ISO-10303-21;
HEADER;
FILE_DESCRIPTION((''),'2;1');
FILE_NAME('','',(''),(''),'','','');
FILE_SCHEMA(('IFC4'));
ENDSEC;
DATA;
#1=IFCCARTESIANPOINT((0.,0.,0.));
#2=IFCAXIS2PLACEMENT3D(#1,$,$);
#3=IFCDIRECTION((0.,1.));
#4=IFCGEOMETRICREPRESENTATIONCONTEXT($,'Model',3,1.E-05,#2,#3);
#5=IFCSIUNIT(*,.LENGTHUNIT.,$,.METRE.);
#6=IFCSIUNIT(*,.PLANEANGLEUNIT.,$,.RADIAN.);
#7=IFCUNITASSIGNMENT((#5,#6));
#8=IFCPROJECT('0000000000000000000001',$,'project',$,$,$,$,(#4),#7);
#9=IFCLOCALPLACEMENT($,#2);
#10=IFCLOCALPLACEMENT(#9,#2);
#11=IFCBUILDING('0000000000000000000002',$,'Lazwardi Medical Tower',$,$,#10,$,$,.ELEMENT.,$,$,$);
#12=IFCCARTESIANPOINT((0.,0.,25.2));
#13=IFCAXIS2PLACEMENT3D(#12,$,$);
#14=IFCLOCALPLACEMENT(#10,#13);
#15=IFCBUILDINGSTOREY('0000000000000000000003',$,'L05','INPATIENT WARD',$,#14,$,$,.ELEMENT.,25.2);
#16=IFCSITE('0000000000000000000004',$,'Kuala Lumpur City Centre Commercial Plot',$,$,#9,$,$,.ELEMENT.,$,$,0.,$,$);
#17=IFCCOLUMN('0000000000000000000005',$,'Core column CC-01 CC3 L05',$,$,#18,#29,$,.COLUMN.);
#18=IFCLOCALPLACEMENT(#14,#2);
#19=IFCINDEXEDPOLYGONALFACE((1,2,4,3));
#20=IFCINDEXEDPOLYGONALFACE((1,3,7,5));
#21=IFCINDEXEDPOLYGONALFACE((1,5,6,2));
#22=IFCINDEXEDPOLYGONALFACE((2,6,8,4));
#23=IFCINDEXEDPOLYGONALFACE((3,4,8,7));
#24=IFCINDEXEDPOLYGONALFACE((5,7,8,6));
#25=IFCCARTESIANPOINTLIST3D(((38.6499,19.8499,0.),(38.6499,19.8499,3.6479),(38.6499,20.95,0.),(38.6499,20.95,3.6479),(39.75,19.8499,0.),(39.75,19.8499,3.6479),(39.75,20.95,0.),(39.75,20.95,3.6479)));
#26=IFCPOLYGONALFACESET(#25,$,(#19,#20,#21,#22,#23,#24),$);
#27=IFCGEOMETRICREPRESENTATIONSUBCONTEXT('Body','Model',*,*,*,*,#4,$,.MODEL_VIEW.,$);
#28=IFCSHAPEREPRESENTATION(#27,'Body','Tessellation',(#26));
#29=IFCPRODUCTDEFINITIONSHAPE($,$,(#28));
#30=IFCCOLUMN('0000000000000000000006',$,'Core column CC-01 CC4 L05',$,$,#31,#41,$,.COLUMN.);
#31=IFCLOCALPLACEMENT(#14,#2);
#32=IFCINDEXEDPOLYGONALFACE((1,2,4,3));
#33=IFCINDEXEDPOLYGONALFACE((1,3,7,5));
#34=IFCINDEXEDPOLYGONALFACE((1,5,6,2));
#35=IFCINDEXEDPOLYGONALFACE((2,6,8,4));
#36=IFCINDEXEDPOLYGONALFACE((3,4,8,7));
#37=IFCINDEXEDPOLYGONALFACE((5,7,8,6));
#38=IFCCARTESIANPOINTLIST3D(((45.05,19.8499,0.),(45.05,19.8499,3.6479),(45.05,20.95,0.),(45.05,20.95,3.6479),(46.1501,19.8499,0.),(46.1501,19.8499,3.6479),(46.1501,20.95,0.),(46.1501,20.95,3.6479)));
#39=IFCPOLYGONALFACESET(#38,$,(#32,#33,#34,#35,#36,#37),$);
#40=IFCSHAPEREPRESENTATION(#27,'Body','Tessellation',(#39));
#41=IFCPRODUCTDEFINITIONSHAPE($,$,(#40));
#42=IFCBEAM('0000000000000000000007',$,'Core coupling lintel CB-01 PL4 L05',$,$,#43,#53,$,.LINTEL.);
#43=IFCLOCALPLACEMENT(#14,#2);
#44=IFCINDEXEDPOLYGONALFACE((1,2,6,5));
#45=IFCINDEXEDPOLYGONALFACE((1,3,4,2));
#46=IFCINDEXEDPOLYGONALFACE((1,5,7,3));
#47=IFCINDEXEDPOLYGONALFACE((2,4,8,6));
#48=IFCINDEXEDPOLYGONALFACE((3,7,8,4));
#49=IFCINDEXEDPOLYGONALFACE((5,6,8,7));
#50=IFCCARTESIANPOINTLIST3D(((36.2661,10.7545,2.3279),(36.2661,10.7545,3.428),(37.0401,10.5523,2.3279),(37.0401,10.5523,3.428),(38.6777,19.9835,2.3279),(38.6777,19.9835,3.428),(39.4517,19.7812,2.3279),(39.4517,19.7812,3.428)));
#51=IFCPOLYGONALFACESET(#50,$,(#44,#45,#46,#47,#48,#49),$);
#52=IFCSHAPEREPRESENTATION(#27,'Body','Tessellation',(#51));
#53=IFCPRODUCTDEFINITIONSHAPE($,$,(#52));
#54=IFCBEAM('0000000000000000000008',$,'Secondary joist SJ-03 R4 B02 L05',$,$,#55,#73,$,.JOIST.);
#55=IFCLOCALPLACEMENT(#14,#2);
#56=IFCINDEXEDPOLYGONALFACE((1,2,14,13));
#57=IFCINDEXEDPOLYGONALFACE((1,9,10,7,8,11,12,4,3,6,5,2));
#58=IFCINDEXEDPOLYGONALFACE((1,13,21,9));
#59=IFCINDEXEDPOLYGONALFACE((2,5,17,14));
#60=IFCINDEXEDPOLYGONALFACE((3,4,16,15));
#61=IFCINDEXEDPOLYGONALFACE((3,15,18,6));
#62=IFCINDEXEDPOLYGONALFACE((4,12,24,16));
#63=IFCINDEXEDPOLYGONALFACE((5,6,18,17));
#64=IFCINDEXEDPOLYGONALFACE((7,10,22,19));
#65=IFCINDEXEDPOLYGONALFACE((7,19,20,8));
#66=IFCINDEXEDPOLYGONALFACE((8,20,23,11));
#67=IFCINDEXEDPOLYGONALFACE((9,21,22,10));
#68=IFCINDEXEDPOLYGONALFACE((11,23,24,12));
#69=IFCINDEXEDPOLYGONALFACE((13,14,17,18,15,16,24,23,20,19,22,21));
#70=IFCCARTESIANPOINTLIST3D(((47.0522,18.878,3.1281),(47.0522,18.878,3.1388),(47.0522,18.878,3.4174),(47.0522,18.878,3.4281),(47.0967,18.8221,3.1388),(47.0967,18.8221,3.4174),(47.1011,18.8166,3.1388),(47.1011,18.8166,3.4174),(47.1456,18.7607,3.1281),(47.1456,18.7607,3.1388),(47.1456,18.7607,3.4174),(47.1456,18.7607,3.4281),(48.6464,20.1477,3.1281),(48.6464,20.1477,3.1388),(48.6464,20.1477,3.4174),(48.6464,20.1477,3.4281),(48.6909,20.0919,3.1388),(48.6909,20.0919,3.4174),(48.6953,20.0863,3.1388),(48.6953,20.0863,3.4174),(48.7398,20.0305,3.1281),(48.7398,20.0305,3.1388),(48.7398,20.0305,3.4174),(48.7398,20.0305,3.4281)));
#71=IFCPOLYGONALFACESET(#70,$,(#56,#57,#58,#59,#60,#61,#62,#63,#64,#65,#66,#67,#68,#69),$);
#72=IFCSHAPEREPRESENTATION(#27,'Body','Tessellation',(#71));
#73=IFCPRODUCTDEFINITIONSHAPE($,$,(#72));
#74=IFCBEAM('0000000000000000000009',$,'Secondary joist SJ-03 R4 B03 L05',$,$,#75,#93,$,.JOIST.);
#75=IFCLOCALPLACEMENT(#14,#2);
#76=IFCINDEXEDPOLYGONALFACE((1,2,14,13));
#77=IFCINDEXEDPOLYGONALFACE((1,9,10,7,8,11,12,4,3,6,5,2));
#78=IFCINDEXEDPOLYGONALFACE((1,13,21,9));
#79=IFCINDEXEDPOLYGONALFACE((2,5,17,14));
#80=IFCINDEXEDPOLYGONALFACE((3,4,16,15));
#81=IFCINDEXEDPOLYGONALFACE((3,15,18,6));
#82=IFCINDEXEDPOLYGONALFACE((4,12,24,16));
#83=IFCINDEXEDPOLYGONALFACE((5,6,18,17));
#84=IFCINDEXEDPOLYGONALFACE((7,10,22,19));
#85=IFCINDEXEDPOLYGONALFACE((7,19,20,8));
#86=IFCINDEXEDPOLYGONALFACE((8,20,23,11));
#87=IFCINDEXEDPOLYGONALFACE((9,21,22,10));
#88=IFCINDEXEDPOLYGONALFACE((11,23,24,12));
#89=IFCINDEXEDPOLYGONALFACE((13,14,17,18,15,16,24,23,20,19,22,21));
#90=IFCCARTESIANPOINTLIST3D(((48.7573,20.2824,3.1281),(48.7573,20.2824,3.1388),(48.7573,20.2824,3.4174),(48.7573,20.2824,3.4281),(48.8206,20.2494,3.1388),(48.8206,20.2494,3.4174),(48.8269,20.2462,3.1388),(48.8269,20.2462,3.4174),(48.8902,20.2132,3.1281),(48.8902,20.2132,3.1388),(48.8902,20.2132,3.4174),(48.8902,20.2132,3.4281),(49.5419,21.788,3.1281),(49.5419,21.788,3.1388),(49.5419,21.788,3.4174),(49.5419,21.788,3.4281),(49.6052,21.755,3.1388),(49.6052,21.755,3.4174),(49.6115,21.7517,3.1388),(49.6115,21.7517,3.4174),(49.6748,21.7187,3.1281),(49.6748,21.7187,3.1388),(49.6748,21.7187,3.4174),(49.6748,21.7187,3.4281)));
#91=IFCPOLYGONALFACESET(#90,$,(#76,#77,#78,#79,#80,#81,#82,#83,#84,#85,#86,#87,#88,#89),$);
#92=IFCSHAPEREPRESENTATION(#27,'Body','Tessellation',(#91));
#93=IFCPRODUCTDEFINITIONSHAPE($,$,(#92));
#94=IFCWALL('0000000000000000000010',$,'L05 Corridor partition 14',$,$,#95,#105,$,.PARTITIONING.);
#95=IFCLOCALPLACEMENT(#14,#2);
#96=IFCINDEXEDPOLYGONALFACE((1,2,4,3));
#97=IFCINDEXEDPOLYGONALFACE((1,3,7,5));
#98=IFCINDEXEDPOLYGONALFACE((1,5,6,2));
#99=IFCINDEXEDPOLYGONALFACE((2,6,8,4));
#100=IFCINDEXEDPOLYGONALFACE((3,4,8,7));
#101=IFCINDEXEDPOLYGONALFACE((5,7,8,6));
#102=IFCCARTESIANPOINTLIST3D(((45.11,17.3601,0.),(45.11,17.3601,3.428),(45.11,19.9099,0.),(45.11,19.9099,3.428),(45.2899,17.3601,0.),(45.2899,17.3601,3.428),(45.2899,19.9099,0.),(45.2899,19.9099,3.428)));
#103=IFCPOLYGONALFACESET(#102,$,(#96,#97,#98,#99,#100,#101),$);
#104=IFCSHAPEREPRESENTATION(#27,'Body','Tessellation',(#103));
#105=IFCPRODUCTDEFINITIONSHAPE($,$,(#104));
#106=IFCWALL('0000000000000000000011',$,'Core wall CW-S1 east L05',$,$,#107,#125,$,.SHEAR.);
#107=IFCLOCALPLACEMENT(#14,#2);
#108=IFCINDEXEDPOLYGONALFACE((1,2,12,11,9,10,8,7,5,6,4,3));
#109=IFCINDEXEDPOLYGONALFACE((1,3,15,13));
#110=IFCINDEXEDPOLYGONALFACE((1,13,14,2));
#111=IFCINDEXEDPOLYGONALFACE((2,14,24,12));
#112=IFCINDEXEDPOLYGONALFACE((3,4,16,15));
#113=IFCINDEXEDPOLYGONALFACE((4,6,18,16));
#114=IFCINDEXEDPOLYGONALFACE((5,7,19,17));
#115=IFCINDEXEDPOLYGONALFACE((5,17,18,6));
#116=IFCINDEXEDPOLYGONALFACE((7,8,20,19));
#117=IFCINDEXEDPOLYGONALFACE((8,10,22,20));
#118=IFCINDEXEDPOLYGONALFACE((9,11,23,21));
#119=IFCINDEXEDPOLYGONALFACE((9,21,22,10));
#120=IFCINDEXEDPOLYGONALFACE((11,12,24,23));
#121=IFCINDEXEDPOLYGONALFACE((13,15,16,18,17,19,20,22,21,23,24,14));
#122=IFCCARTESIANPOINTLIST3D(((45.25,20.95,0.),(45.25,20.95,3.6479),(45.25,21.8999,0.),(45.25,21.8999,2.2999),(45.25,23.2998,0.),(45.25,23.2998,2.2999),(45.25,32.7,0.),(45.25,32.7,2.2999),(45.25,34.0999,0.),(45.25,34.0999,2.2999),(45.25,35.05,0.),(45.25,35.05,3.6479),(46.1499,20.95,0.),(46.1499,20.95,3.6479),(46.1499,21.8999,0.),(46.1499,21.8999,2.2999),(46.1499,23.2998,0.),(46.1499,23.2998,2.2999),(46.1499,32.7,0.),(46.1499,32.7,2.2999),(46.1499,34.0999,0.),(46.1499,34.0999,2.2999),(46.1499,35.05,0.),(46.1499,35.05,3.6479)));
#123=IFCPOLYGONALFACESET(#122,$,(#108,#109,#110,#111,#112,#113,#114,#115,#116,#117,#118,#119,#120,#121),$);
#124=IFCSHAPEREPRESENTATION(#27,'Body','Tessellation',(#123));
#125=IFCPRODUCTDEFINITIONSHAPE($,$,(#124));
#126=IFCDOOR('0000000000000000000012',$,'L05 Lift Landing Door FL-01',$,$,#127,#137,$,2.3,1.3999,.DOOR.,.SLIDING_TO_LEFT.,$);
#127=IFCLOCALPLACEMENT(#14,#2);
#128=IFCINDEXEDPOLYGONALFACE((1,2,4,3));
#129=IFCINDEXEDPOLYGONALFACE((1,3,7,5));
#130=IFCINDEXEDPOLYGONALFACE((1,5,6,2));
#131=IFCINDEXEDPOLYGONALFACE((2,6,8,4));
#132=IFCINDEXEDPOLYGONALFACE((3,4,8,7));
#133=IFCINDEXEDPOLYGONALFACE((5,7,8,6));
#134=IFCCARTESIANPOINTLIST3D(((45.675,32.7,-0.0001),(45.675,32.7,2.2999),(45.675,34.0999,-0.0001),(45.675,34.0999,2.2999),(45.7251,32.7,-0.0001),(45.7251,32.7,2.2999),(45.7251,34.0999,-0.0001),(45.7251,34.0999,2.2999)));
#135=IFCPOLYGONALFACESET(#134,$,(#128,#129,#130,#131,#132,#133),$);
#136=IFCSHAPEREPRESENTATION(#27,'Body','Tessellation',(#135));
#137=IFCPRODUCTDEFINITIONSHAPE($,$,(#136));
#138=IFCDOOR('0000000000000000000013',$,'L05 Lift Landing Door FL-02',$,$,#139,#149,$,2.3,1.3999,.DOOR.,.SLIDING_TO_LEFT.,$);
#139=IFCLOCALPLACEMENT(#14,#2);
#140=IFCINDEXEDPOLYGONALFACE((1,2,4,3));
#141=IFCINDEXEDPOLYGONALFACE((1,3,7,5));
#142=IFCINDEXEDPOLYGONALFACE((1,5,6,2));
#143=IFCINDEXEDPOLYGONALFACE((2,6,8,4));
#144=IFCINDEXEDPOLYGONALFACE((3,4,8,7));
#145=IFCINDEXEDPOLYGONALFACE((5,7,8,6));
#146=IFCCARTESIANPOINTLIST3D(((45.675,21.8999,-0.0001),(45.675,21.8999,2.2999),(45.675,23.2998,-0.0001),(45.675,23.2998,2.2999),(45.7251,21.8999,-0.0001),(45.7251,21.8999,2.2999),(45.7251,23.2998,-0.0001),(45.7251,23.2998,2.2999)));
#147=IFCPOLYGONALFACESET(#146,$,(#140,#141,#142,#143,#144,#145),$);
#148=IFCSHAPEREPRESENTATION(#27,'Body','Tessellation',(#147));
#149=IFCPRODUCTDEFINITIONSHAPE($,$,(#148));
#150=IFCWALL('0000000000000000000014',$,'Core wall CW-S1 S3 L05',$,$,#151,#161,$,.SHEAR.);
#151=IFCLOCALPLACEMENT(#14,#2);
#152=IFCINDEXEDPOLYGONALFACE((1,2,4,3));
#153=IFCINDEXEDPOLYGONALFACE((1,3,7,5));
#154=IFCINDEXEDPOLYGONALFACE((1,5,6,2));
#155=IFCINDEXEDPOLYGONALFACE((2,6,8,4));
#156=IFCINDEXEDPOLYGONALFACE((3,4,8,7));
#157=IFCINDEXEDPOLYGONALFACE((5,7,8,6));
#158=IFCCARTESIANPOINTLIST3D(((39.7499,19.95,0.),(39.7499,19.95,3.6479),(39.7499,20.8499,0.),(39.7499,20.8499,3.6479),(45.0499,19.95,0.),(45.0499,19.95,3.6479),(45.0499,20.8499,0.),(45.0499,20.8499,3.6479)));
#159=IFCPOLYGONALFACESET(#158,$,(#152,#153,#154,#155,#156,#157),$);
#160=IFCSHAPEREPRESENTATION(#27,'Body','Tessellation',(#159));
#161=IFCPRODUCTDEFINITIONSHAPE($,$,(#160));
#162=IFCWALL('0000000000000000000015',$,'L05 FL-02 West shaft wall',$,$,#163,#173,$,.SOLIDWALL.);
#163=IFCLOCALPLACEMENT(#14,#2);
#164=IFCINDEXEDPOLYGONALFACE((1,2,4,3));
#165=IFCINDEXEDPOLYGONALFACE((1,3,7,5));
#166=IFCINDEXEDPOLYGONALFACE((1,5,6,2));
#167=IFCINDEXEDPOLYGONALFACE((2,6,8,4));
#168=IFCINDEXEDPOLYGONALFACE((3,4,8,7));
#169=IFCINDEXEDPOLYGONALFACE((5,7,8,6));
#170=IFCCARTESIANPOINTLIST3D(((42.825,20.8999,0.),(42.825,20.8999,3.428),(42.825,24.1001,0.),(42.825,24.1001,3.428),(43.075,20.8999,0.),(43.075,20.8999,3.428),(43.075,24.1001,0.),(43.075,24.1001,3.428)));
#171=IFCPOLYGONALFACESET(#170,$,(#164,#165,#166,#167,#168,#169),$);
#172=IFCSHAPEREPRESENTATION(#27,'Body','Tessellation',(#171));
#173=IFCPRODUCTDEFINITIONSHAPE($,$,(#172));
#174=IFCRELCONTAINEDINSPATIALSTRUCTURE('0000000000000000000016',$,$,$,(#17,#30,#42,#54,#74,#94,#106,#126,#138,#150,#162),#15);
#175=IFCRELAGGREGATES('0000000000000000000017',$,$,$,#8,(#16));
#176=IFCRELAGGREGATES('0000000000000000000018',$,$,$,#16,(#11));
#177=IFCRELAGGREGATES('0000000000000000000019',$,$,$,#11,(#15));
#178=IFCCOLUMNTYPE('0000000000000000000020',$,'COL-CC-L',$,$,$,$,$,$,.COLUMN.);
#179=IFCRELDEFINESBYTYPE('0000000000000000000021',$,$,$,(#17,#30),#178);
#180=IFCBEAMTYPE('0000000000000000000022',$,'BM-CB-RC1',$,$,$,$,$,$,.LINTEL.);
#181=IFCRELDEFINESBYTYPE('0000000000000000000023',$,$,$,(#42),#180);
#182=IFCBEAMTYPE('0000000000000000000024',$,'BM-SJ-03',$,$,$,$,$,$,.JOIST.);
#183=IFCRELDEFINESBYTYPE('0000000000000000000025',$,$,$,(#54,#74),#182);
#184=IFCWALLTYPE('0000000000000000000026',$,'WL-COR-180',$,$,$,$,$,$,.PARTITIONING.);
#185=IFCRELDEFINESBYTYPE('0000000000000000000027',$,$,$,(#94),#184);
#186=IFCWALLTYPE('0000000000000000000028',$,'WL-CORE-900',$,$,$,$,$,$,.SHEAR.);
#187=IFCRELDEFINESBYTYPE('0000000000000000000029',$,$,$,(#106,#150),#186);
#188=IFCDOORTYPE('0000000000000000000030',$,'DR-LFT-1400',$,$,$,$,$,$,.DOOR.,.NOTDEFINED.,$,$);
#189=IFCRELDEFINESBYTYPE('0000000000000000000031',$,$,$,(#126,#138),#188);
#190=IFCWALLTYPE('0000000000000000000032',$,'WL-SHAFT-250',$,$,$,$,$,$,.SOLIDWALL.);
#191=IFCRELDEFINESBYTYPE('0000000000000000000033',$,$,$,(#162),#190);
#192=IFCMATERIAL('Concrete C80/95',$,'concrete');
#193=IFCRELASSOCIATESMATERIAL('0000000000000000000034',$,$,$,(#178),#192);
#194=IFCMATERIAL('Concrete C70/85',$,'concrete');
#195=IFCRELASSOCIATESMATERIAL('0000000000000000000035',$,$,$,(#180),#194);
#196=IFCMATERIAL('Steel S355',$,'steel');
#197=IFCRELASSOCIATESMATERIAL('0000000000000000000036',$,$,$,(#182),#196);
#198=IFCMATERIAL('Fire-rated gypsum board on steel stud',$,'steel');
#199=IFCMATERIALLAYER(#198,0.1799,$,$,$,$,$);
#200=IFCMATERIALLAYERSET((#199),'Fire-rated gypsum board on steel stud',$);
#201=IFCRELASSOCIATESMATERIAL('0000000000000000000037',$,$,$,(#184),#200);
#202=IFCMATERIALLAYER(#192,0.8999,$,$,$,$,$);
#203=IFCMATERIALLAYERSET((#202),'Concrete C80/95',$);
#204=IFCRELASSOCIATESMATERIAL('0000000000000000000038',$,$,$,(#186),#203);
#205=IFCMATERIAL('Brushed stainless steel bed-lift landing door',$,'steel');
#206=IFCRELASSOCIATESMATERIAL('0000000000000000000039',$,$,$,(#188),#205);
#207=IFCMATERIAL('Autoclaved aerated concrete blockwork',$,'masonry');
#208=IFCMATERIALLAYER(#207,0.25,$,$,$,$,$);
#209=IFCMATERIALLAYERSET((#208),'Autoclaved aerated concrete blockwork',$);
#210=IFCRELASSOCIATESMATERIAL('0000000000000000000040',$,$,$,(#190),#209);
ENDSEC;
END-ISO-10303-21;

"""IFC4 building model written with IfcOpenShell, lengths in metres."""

from ifc_helpers import new_model, si_unit, direction, frame, frame_2d, origin, origin_2d, place, context, subcontext, project, spatial, rectangle, i_section, extrude, material, layer, layer_set, material_profile, profile_set, type_object, element, fill, save


model = new_model("IFC4")

# Units and contexts
model_context = context("Model", 3, precision=1e-05, world=origin(), true_north=direction((0.0, 1.0)))
body_context = subcontext(model_context, "Body", "Model", "MODEL_VIEW")
ifc_project = project(units=[si_unit("LENGTHUNIT", "METRE"), si_unit("PLANEANGLEUNIT", "RADIAN")], contexts=[model_context])

# Site, building, storey
site_placement = place(None, origin())
site = spatial("IfcSite", under=ifc_project, at=site_placement, Name="Kuala Lumpur City Centre Commercial Plot", CompositionType="ELEMENT", RefElevation=0.0)
building_placement = place(site_placement, origin())
building = spatial("IfcBuilding", under=site, at=building_placement, Name="Lazwardi Medical Tower", CompositionType="ELEMENT")
storey_placement = place(building_placement, frame((0.0, 0.0, 25.2)))
storey = spatial("IfcBuildingStorey", under=building, at=storey_placement, Name="L05", Description="INPATIENT WARD", CompositionType="ELEMENT", Elevation=25.2)

# Columns
ifc_material_1 = material(Name="Concrete C80/95", Category="concrete")
ifc_material_profile_1 = material_profile(ifc_material_1, rectangle(XDim=1.1001, YDim=1.1001, at=origin_2d()), Name="RC 1100x1100")
ifc_profile_set_1 = profile_set([ifc_material_profile_1], Name="Concrete C80/95")
column_type = type_object("IfcColumnType", Name="COL-CC-L", PredefinedType="COLUMN", material=ifc_profile_set_1)
for number, where, z_axis, x_axis, name in (
    (1, (39.2, 20.3999, 0.0), (0.0, 0.0, 1.0), (1.0, 0.0, 0.0), "Core column CC-01 CC3 L05"),
    (2, (45.6001, 20.3999, 0.0), (0.0, 0.0, 1.0), (1.0, 0.0, 0.0), "Core column CC-01 CC4 L05"),
):
    element("IfcColumn", number, at=place(storey_placement, frame(where, z_axis=z_axis, x_axis=x_axis)), inside=storey, type_object=column_type, Name=name, PredefinedType="COLUMN", context=body_context, shape_type="SweptSolid", body=[
        extrude(rectangle(XDim=1.1001, YDim=1.1001, at=origin_2d()), origin(), (0.0, 0.0, 1.0), 3.6479),
    ])

# Beams
ifc_material_2 = material(Name="Concrete C70/85", Category="concrete")
ifc_material_profile_2 = material_profile(ifc_material_2, rectangle(XDim=0.8, YDim=1.1001, at=origin_2d()), Name="RC 800x1100")
ifc_profile_set_2 = profile_set([ifc_material_profile_2], Name="Concrete C70/85")
beam_type_1 = type_object("IfcBeamType", Name="BM-CB-RC1", PredefinedType="LINTEL", material=ifc_profile_set_2)
beam_1_placement = place(storey_placement, frame((39.0647, 19.8823, 2.8779), z_axis=(-0.25282, -0.967513, 0.0), x_axis=(0.967513, -0.25282, 0.0)))
element("IfcBeam", 3, at=beam_1_placement, inside=storey, type_object=beam_type_1, Name="Core coupling lintel CB-01 PL4 L05", PredefinedType="LINTEL", context=body_context, shape_type="SweptSolid", body=[
    extrude(rectangle(XDim=0.8, YDim=1.1001, at=origin_2d()), origin(), (0.0, 0.0, 1.0), 9.5388),
])
ifc_material_3 = material(Name="Steel S355", Category="steel")
ifc_material_profile_3 = material_profile(ifc_material_3, i_section(OverallWidth=0.1499, OverallDepth=0.3, WebThickness=0.0071, FlangeThickness=0.0107, at=origin_2d()), Name="IPE 300")
ifc_profile_set_3 = profile_set([ifc_material_profile_3], Name="Steel S355")
beam_type_2 = type_object("IfcBeamType", Name="BM-SJ-03", PredefinedType="JOIST", material=ifc_profile_set_3)
beam_2_placement = place(storey_placement, frame((47.0989, 18.8193, 3.2781), z_axis=(0.782211, 0.623014, 0.0), x_axis=(-0.623014, 0.782211, 0.0)))
element("IfcBeam", 4, at=beam_2_placement, inside=storey, type_object=beam_type_2, Name="Secondary joist SJ-03 R4 B02 L05", PredefinedType="JOIST", context=body_context, shape_type="SweptSolid", body=[
    extrude(i_section(OverallWidth=0.1499, OverallDepth=0.3, WebThickness=0.0071, FlangeThickness=0.0107, at=origin_2d()), origin(), (0.0, 0.0, 1.0), 2.0381),
])
beam_3_placement = place(storey_placement, frame((48.8237, 20.2478, 3.2781), z_axis=(0.462163, 0.886795, 0.0), x_axis=(-0.886795, 0.462163, 0.0)))
element("IfcBeam", 5, at=beam_3_placement, inside=storey, type_object=beam_type_2, Name="Secondary joist SJ-03 R4 B03 L05", PredefinedType="JOIST", context=body_context, shape_type="SweptSolid", body=[
    extrude(i_section(OverallWidth=0.1499, OverallDepth=0.3, WebThickness=0.0071, FlangeThickness=0.0107, at=origin_2d()), origin(), (0.0, 0.0, 1.0), 1.6978),
])

# Wall
ifc_material_4 = material(Name="Fire-rated gypsum board on steel stud", Category="steel")
ifc_layer_1 = layer(ifc_material_4, 0.1799)
ifc_layer_set_1 = layer_set([ifc_layer_1], Name="Fire-rated gypsum board on steel stud")
wall_type_1 = type_object("IfcWallType", Name="WL-COR-180", PredefinedType="PARTITIONING", material=ifc_layer_set_1)
wall_1_placement = place(storey_placement, frame((45.2, 19.9099, 0.0), z_axis=(0.0, 0.0, 1.0), x_axis=(0.0, -1.0, 0.0)))
element("IfcWall", 6, at=wall_1_placement, inside=storey, type_object=wall_type_1, Name="L05 Corridor partition 14", PredefinedType="PARTITIONING", context=body_context, shape_type="SweptSolid", body=[
    extrude(rectangle(XDim=2.5498, YDim=0.1799, at=frame_2d((1.2749, 0.0))), origin(), (0.0, 0.0, 1.0), 3.428),
])

# Wall, openings, doors
ifc_layer_2 = layer(ifc_material_1, 0.8999)
ifc_layer_set_2 = layer_set([ifc_layer_2], Name="Concrete C80/95")
wall_type_2 = type_object("IfcWallType", Name="WL-CORE-900", PredefinedType="SHEAR", material=ifc_layer_set_2)
wall_2_placement = place(storey_placement, frame((45.7, 20.95, 0.0), z_axis=(0.0, 0.0, 1.0), x_axis=(0.0, 1.0, 0.0)))
wall_2 = element("IfcWall", 7, at=wall_2_placement, inside=storey, type_object=wall_type_2, Name="Core wall CW-S1 east L05", PredefinedType="SHEAR", context=body_context, shape_type="SweptSolid", body=[
    extrude(rectangle(XDim=14.1001, YDim=0.8999, at=frame_2d((7.05, 0.0))), origin(), (0.0, 0.0, 1.0), 3.6479),
])
opening_1_placement = place(wall_2_placement, frame((11.75, 0.0, 0.0)))
opening_1 = element("IfcOpeningElement", 8, at=opening_1_placement, cuts=wall_2, PredefinedType="OPENING", context=body_context, shape_type="SweptSolid", body=[
    extrude(rectangle(XDim=1.3999, YDim=2.3, at=frame_2d((0.7, 1.1499))), frame((0.0, 0.46, 0.0), z_axis=(0.0, -1.0, 0.0), x_axis=(1.0, 0.0, 0.0)), (0.0, 0.0, 1.0), 0.9199),
])
opening_2_placement = place(wall_2_placement, frame((0.95, 0.0, 0.0)))
opening_2 = element("IfcOpeningElement", 9, at=opening_2_placement, cuts=wall_2, PredefinedType="OPENING", context=body_context, shape_type="SweptSolid", body=[
    extrude(rectangle(XDim=1.3999, YDim=2.3, at=frame_2d((0.7, 1.1499))), frame((0.0, 0.46, 0.0), z_axis=(0.0, -1.0, 0.0), x_axis=(1.0, 0.0, 0.0)), (0.0, 0.0, 1.0), 0.9199),
])
ifc_material_5 = material(Name="Brushed stainless steel bed-lift landing door", Category="steel")
door_type = type_object("IfcDoorType", Name="DR-LFT-1400", OperationType="NOTDEFINED", PredefinedType="DOOR", material=ifc_material_5)
door_1_placement = place(opening_1_placement, origin())
door_1 = element("IfcDoor", 10, at=door_1_placement, inside=storey, type_object=door_type, Name="L05 Lift Landing Door FL-01", OperationType="SLIDING_TO_LEFT", OverallHeight=2.3, OverallWidth=1.3999, PredefinedType="DOOR", context=body_context, shape_type="SweptSolid", body=[
    extrude(rectangle(XDim=1.3999, YDim=2.3, at=frame_2d((0.7, 1.1499))), frame((0.0, 0.0249, 0.0), z_axis=(0.0, -1.0, 0.0), x_axis=(1.0, 0.0, 0.0)), (0.0, 0.0, 1.0), 0.05),
])
fill(opening_1, door_1)
door_2_placement = place(opening_2_placement, origin())
door_2 = element("IfcDoor", 11, at=door_2_placement, inside=storey, type_object=door_type, Name="L05 Lift Landing Door FL-02", OperationType="SLIDING_TO_LEFT", OverallHeight=2.3, OverallWidth=1.3999, PredefinedType="DOOR", context=body_context, shape_type="SweptSolid", body=[
    extrude(rectangle(XDim=1.3999, YDim=2.3, at=frame_2d((0.7, 1.1499))), frame((0.0, 0.0249, 0.0), z_axis=(0.0, -1.0, 0.0), x_axis=(1.0, 0.0, 0.0)), (0.0, 0.0, 1.0), 0.05),
])
fill(opening_2, door_2)

# Walls
wall_3_placement = place(storey_placement, frame((39.75, 20.3999, 0.0), z_axis=(0.0, 0.0, 1.0), x_axis=(1.0, 0.0, 0.0)))
element("IfcWall", 12, at=wall_3_placement, inside=storey, type_object=wall_type_2, Name="Core wall CW-S1 S3 L05", PredefinedType="SHEAR", context=body_context, shape_type="SweptSolid", body=[
    extrude(rectangle(XDim=5.3, YDim=0.8999, at=frame_2d((2.6499, 0.0))), origin(), (0.0, 0.0, 1.0), 3.6479),
])
ifc_material_6 = material(Name="Autoclaved aerated concrete blockwork", Category="masonry")
ifc_layer_3 = layer(ifc_material_6, 0.25)
ifc_layer_set_3 = layer_set([ifc_layer_3], Name="Autoclaved aerated concrete blockwork")
wall_type_3 = type_object("IfcWallType", Name="WL-SHAFT-250", PredefinedType="SOLIDWALL", material=ifc_layer_set_3)
wall_4_placement = place(storey_placement, frame((42.95, 20.8999, 0.0), z_axis=(0.0, 0.0, 1.0), x_axis=(0.0, 1.0, 0.0)))
element("IfcWall", 13, at=wall_4_placement, inside=storey, type_object=wall_type_3, Name="L05 FL-02 West shaft wall", PredefinedType="SOLIDWALL", context=body_context, shape_type="SweptSolid", body=[
    extrude(rectangle(XDim=3.2002, YDim=0.25, at=frame_2d((1.6001, 0.0))), origin(), (0.0, 0.0, 1.0), 3.428),
])

save(model, "model.ifc")
